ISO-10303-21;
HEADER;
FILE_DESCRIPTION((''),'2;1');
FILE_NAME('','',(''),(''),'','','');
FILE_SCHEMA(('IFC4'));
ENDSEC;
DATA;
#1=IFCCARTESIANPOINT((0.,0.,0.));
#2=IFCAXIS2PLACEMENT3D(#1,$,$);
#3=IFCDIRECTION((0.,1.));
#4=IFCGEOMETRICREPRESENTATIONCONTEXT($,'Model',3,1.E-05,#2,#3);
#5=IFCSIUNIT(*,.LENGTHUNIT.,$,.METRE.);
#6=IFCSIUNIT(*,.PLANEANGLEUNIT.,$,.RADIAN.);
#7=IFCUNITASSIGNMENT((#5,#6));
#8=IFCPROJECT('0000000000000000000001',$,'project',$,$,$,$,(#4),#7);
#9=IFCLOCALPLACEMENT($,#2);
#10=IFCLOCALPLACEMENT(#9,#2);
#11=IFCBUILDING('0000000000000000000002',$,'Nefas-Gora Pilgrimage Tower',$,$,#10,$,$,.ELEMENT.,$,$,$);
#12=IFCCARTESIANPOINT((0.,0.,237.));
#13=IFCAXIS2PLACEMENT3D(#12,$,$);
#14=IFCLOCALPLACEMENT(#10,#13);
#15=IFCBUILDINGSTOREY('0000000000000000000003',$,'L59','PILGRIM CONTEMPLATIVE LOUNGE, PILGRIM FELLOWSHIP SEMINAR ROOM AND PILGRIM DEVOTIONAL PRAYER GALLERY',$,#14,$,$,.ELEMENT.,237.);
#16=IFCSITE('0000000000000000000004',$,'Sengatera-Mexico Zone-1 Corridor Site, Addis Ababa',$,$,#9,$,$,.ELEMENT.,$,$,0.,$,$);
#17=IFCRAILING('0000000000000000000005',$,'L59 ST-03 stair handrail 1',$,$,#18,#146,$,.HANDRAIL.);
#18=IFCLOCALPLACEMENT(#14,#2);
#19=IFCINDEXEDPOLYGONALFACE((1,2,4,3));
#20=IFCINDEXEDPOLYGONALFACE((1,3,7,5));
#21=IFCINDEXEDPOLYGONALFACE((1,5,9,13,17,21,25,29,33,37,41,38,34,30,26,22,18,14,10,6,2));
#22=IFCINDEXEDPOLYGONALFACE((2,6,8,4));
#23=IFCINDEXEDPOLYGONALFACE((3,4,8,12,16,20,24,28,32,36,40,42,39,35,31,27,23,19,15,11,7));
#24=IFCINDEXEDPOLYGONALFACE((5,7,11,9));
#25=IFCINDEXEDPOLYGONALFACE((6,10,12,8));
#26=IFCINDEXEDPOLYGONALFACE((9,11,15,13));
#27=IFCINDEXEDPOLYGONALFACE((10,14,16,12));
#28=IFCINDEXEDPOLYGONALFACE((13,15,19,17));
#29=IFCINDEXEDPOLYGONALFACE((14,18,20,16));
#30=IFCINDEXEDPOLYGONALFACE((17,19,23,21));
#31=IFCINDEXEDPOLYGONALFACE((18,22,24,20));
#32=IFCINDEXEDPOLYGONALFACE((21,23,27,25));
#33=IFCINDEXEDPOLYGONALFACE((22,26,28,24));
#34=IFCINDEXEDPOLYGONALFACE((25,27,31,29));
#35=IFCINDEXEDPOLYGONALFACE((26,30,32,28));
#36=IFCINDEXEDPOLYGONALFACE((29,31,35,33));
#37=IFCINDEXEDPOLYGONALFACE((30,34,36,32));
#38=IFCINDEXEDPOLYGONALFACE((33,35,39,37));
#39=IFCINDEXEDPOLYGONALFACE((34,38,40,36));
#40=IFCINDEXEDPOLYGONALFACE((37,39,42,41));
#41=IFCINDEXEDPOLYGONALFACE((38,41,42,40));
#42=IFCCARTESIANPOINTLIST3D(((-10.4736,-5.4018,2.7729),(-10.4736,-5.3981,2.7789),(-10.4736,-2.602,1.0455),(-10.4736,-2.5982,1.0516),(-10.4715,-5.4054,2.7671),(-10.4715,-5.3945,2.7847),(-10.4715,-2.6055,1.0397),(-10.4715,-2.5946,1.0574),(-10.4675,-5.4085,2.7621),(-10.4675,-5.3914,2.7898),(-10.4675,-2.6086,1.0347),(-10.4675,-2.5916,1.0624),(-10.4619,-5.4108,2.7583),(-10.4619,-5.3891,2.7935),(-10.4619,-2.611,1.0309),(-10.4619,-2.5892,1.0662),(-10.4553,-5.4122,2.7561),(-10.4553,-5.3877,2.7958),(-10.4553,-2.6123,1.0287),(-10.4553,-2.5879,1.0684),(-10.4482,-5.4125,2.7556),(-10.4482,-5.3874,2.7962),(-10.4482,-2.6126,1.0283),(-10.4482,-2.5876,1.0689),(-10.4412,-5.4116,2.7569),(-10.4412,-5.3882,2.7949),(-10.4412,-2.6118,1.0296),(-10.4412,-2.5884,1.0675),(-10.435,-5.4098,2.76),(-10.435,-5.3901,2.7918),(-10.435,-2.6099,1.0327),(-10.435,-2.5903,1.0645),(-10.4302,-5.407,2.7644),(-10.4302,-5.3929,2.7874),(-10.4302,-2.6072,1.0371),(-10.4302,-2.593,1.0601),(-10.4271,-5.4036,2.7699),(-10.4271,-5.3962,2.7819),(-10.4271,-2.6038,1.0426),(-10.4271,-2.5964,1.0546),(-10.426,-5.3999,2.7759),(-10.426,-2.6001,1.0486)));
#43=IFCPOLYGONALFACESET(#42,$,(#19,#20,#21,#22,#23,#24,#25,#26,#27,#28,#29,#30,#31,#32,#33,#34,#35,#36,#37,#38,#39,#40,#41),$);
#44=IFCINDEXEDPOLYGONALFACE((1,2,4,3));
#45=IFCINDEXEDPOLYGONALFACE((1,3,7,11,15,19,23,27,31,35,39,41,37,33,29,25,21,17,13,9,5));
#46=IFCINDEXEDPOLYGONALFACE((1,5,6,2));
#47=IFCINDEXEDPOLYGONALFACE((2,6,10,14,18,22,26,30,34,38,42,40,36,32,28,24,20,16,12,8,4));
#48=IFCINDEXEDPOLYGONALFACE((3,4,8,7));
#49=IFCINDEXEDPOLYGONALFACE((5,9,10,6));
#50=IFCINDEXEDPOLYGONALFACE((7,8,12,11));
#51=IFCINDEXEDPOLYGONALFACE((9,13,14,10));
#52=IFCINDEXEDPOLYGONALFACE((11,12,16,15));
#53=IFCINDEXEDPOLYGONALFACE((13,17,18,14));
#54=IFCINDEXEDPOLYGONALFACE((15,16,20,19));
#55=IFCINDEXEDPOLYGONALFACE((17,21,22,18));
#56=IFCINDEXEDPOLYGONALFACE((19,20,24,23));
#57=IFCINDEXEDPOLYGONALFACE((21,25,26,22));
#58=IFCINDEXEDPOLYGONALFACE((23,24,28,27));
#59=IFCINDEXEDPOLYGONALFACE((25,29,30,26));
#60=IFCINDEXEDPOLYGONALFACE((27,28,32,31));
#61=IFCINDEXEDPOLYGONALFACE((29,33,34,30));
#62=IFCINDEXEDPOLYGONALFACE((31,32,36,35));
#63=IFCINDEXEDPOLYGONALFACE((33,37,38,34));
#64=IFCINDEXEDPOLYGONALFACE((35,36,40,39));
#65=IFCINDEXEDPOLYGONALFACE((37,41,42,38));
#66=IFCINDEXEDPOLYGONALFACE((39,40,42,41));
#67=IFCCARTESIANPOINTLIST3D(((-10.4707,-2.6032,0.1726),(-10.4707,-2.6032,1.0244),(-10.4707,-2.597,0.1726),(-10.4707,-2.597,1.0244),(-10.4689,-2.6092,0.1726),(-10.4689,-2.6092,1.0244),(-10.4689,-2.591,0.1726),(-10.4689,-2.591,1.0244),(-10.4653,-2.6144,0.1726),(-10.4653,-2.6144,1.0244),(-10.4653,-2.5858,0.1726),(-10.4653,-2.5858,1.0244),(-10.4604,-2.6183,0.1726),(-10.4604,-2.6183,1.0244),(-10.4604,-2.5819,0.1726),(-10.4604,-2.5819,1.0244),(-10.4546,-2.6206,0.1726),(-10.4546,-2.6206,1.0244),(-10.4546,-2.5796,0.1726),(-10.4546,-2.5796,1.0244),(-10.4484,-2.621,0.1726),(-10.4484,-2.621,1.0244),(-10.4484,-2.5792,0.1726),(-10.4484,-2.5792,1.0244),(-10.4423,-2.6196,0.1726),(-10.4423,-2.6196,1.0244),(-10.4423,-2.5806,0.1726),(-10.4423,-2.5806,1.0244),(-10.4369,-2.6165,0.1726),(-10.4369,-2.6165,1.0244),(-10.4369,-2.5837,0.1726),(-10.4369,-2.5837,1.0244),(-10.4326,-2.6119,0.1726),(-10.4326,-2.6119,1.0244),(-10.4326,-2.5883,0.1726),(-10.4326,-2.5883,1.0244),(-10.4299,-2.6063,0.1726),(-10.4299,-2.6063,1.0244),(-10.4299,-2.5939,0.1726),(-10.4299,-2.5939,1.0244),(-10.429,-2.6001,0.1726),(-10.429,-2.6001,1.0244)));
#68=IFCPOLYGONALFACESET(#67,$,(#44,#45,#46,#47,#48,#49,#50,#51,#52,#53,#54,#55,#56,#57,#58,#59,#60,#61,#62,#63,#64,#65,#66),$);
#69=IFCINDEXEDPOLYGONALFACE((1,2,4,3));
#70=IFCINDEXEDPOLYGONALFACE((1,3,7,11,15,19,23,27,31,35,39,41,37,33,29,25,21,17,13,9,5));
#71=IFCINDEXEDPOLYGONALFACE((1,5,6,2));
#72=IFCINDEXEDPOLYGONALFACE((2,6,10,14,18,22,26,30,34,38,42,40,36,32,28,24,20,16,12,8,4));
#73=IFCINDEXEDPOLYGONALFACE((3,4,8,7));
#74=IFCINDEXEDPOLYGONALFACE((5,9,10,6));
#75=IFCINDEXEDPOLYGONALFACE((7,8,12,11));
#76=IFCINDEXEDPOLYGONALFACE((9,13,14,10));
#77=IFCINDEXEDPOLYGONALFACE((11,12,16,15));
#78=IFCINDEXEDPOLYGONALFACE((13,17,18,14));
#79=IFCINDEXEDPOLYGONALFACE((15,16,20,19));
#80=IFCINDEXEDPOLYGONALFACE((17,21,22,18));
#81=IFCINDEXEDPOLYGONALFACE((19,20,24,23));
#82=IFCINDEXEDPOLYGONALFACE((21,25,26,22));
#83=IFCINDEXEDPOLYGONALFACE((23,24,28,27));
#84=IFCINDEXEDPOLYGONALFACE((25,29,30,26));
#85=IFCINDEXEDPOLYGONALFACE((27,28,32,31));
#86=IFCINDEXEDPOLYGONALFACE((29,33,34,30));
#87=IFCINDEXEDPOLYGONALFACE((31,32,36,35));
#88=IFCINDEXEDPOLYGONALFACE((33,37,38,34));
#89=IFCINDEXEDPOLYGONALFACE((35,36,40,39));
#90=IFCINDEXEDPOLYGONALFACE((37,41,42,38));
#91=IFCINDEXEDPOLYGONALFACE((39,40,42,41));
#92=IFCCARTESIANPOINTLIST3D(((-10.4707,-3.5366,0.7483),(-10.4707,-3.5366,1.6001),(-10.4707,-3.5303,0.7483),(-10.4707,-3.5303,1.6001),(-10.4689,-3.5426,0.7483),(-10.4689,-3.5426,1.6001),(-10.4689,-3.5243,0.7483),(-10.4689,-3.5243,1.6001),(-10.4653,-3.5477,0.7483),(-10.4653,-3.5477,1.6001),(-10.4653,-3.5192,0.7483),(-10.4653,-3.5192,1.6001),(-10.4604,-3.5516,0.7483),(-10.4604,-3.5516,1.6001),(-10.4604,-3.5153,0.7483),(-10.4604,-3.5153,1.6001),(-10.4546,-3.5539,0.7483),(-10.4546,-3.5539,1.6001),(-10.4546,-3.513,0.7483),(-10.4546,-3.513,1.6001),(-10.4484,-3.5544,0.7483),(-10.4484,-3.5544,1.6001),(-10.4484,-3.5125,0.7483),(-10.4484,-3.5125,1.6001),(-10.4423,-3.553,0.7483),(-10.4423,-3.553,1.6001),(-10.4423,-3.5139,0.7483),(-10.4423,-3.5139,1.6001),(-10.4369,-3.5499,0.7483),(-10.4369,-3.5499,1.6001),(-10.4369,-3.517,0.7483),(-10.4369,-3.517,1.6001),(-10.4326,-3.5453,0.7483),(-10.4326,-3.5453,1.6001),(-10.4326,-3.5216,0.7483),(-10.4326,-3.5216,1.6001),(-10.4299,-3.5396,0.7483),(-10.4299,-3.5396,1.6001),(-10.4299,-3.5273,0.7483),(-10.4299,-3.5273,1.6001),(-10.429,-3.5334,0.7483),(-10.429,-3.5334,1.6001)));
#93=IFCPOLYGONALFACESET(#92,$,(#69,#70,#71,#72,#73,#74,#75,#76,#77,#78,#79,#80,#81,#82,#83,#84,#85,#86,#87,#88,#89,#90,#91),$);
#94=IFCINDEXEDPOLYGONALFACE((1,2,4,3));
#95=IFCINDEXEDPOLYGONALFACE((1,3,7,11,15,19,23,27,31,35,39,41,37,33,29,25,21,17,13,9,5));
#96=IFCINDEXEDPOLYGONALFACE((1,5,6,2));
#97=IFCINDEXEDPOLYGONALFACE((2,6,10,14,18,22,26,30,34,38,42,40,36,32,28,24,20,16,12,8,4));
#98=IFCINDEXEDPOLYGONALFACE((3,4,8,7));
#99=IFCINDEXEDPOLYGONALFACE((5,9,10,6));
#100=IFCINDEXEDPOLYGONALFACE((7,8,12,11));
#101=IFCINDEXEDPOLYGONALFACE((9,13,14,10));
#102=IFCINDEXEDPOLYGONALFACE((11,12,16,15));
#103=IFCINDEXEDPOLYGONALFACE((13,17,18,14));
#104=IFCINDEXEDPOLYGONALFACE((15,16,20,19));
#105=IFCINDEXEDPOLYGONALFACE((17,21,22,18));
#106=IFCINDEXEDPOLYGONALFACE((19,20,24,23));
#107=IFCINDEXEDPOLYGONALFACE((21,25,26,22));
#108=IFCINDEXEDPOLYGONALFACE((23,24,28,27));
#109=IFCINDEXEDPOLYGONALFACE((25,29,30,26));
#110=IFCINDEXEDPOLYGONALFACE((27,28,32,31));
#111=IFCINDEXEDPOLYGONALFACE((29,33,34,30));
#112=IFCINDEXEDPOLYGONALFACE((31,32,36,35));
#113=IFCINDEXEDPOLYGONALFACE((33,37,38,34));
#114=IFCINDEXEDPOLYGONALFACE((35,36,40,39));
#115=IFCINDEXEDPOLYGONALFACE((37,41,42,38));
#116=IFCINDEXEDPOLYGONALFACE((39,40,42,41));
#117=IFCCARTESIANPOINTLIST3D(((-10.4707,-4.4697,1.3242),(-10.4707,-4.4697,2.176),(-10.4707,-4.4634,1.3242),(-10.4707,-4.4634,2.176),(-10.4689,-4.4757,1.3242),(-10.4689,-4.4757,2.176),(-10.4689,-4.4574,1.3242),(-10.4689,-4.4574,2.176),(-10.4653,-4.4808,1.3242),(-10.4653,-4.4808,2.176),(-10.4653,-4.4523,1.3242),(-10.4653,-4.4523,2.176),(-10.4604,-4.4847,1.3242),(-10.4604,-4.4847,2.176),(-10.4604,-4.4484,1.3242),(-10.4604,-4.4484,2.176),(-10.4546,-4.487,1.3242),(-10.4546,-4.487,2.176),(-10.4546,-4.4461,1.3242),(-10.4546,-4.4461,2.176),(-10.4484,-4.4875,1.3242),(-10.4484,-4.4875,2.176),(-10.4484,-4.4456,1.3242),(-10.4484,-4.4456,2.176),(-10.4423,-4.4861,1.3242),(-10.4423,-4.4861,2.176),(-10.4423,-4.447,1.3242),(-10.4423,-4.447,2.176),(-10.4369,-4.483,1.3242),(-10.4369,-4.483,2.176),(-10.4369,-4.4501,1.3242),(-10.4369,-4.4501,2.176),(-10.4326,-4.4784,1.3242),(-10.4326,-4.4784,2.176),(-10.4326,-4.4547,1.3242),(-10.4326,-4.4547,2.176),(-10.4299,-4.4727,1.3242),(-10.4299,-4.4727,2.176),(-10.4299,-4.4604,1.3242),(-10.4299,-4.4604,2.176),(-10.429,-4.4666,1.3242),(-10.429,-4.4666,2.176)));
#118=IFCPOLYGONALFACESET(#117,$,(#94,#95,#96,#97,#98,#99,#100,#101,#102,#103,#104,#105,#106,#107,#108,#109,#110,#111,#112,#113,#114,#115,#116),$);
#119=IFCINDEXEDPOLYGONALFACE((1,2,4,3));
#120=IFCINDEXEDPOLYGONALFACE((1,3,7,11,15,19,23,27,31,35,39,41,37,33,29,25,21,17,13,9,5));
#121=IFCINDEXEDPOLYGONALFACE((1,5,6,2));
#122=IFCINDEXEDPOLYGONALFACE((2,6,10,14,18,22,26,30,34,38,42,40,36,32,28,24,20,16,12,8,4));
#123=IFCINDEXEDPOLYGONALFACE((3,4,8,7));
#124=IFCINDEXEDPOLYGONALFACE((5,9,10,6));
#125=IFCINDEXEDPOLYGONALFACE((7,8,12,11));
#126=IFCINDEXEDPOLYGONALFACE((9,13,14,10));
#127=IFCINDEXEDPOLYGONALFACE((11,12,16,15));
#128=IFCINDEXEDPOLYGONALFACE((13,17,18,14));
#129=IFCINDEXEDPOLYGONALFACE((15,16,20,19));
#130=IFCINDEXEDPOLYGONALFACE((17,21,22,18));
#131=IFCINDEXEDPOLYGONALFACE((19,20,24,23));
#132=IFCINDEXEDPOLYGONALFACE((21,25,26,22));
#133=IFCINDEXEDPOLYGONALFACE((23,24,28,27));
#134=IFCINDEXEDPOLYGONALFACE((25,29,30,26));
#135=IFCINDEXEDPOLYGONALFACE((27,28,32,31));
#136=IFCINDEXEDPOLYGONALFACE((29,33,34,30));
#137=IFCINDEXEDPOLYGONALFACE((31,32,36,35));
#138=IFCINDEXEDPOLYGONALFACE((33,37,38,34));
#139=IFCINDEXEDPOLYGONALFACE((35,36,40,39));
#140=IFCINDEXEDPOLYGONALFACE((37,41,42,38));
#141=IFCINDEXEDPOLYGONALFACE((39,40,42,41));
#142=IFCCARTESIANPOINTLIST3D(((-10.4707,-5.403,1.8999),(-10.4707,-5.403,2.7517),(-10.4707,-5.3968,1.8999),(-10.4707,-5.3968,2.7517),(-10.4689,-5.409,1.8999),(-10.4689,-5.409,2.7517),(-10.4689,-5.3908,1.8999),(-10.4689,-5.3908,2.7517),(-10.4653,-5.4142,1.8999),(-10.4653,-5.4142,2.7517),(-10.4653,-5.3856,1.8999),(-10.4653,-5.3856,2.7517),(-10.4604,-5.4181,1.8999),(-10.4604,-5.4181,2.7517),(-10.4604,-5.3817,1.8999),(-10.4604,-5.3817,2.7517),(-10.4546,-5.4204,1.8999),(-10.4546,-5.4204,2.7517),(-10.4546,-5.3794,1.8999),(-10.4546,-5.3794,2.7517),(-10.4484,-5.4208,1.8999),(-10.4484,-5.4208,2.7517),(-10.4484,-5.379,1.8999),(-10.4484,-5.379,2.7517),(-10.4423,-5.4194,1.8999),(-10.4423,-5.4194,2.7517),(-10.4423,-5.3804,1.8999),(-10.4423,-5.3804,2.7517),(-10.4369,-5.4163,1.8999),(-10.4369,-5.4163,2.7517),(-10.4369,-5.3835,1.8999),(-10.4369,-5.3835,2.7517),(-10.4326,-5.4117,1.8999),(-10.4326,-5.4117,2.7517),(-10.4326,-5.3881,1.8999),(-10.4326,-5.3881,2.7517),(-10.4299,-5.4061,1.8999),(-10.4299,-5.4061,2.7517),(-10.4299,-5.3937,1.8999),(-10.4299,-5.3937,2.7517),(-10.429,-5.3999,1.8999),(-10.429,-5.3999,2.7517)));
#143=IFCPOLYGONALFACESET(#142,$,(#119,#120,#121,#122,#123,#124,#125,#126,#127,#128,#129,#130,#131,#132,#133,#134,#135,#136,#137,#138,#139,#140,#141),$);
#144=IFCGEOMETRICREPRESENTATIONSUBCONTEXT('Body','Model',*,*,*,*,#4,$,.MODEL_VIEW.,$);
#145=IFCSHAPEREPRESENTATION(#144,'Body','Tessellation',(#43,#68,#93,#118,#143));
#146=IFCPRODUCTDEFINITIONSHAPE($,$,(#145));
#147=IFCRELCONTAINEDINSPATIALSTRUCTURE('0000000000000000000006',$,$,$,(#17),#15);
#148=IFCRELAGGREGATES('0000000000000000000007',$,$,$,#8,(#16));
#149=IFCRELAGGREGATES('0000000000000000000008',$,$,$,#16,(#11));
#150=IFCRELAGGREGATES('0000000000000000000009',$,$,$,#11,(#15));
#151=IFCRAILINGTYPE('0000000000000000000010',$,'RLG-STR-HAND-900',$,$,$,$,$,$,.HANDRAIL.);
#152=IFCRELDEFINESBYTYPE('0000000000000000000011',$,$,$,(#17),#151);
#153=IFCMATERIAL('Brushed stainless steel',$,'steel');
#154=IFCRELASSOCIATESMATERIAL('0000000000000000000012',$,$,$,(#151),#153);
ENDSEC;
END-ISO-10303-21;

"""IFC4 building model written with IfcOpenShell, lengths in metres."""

from ifc_helpers import new_model, si_unit, direction, frame, origin, origin_2d, place, context, subcontext, project, spatial, circle, extrude, material, type_object, element, save


model = new_model("IFC4")

# Units and contexts
model_context = context("Model", 3, precision=1e-05, world=origin(), true_north=direction((0.0, 1.0)))
body_context = subcontext(model_context, "Body", "Model", "MODEL_VIEW")
ifc_project = project(units=[si_unit("LENGTHUNIT", "METRE"), si_unit("PLANEANGLEUNIT", "RADIAN")], contexts=[model_context])

# Site, building, storey
site_placement = place(None, origin())
site = spatial("IfcSite", under=ifc_project, at=site_placement, Name="Sengatera-Mexico Zone-1 Corridor Site, Addis Ababa", CompositionType="ELEMENT", RefElevation=0.0)
building_placement = place(site_placement, origin())
building = spatial("IfcBuilding", under=site, at=building_placement, Name="Nefas-Gora Pilgrimage Tower", CompositionType="ELEMENT")
storey_placement = place(building_placement, frame((0.0, 0.0, 237.0)))
storey = spatial("IfcBuildingStorey", under=building, at=storey_placement, Name="L59", Description="PILGRIM CONTEMPLATIVE LOUNGE, PILGRIM FELLOWSHIP SEMINAR ROOM AND PILGRIM DEVOTIONAL PRAYER GALLERY", CompositionType="ELEMENT", Elevation=237.0)

# Railing
ifc_material_1 = material(Name="Brushed stainless steel", Category="steel")
railing_type_1 = type_object("IfcRailingType", Name="RLG-STR-HAND-900", PredefinedType="HANDRAIL", material=ifc_material_1)
railing_1_placement = place(storey_placement, frame((-10.45, -2.6001, 0.1726)))
element("IfcRailing", 1, at=railing_1_placement, inside=storey, type_object=railing_type_1, Name="L59 ST-03 stair handrail 1", PredefinedType="HANDRAIL", context=body_context, shape_type="SweptSolid", body=[
    extrude(circle(Radius=0.0239, at=origin_2d()), frame((0.0, 0.0, 0.876), z_axis=(0.0, -0.851069, 0.525054), x_axis=(1.0, 0.0, 0.0)), (0.0, 0.0, 1.0), 3.2898),
    extrude(circle(Radius=0.021, at=origin_2d()), origin(), (0.0, 0.0, 1.0), 0.8518),
    extrude(circle(Radius=0.021, at=origin_2d()), frame((0.0, -0.9333, 0.5757)), (0.0, 0.0, 1.0), 0.8518),
    extrude(circle(Radius=0.021, at=origin_2d()), frame((0.0, -1.8665, 1.1516)), (0.0, 0.0, 1.0), 0.8518),
    extrude(circle(Radius=0.021, at=origin_2d()), frame((0.0, -2.7998, 1.7273)), (0.0, 0.0, 1.0), 0.8518),
])

save(model, "model.ifc")
